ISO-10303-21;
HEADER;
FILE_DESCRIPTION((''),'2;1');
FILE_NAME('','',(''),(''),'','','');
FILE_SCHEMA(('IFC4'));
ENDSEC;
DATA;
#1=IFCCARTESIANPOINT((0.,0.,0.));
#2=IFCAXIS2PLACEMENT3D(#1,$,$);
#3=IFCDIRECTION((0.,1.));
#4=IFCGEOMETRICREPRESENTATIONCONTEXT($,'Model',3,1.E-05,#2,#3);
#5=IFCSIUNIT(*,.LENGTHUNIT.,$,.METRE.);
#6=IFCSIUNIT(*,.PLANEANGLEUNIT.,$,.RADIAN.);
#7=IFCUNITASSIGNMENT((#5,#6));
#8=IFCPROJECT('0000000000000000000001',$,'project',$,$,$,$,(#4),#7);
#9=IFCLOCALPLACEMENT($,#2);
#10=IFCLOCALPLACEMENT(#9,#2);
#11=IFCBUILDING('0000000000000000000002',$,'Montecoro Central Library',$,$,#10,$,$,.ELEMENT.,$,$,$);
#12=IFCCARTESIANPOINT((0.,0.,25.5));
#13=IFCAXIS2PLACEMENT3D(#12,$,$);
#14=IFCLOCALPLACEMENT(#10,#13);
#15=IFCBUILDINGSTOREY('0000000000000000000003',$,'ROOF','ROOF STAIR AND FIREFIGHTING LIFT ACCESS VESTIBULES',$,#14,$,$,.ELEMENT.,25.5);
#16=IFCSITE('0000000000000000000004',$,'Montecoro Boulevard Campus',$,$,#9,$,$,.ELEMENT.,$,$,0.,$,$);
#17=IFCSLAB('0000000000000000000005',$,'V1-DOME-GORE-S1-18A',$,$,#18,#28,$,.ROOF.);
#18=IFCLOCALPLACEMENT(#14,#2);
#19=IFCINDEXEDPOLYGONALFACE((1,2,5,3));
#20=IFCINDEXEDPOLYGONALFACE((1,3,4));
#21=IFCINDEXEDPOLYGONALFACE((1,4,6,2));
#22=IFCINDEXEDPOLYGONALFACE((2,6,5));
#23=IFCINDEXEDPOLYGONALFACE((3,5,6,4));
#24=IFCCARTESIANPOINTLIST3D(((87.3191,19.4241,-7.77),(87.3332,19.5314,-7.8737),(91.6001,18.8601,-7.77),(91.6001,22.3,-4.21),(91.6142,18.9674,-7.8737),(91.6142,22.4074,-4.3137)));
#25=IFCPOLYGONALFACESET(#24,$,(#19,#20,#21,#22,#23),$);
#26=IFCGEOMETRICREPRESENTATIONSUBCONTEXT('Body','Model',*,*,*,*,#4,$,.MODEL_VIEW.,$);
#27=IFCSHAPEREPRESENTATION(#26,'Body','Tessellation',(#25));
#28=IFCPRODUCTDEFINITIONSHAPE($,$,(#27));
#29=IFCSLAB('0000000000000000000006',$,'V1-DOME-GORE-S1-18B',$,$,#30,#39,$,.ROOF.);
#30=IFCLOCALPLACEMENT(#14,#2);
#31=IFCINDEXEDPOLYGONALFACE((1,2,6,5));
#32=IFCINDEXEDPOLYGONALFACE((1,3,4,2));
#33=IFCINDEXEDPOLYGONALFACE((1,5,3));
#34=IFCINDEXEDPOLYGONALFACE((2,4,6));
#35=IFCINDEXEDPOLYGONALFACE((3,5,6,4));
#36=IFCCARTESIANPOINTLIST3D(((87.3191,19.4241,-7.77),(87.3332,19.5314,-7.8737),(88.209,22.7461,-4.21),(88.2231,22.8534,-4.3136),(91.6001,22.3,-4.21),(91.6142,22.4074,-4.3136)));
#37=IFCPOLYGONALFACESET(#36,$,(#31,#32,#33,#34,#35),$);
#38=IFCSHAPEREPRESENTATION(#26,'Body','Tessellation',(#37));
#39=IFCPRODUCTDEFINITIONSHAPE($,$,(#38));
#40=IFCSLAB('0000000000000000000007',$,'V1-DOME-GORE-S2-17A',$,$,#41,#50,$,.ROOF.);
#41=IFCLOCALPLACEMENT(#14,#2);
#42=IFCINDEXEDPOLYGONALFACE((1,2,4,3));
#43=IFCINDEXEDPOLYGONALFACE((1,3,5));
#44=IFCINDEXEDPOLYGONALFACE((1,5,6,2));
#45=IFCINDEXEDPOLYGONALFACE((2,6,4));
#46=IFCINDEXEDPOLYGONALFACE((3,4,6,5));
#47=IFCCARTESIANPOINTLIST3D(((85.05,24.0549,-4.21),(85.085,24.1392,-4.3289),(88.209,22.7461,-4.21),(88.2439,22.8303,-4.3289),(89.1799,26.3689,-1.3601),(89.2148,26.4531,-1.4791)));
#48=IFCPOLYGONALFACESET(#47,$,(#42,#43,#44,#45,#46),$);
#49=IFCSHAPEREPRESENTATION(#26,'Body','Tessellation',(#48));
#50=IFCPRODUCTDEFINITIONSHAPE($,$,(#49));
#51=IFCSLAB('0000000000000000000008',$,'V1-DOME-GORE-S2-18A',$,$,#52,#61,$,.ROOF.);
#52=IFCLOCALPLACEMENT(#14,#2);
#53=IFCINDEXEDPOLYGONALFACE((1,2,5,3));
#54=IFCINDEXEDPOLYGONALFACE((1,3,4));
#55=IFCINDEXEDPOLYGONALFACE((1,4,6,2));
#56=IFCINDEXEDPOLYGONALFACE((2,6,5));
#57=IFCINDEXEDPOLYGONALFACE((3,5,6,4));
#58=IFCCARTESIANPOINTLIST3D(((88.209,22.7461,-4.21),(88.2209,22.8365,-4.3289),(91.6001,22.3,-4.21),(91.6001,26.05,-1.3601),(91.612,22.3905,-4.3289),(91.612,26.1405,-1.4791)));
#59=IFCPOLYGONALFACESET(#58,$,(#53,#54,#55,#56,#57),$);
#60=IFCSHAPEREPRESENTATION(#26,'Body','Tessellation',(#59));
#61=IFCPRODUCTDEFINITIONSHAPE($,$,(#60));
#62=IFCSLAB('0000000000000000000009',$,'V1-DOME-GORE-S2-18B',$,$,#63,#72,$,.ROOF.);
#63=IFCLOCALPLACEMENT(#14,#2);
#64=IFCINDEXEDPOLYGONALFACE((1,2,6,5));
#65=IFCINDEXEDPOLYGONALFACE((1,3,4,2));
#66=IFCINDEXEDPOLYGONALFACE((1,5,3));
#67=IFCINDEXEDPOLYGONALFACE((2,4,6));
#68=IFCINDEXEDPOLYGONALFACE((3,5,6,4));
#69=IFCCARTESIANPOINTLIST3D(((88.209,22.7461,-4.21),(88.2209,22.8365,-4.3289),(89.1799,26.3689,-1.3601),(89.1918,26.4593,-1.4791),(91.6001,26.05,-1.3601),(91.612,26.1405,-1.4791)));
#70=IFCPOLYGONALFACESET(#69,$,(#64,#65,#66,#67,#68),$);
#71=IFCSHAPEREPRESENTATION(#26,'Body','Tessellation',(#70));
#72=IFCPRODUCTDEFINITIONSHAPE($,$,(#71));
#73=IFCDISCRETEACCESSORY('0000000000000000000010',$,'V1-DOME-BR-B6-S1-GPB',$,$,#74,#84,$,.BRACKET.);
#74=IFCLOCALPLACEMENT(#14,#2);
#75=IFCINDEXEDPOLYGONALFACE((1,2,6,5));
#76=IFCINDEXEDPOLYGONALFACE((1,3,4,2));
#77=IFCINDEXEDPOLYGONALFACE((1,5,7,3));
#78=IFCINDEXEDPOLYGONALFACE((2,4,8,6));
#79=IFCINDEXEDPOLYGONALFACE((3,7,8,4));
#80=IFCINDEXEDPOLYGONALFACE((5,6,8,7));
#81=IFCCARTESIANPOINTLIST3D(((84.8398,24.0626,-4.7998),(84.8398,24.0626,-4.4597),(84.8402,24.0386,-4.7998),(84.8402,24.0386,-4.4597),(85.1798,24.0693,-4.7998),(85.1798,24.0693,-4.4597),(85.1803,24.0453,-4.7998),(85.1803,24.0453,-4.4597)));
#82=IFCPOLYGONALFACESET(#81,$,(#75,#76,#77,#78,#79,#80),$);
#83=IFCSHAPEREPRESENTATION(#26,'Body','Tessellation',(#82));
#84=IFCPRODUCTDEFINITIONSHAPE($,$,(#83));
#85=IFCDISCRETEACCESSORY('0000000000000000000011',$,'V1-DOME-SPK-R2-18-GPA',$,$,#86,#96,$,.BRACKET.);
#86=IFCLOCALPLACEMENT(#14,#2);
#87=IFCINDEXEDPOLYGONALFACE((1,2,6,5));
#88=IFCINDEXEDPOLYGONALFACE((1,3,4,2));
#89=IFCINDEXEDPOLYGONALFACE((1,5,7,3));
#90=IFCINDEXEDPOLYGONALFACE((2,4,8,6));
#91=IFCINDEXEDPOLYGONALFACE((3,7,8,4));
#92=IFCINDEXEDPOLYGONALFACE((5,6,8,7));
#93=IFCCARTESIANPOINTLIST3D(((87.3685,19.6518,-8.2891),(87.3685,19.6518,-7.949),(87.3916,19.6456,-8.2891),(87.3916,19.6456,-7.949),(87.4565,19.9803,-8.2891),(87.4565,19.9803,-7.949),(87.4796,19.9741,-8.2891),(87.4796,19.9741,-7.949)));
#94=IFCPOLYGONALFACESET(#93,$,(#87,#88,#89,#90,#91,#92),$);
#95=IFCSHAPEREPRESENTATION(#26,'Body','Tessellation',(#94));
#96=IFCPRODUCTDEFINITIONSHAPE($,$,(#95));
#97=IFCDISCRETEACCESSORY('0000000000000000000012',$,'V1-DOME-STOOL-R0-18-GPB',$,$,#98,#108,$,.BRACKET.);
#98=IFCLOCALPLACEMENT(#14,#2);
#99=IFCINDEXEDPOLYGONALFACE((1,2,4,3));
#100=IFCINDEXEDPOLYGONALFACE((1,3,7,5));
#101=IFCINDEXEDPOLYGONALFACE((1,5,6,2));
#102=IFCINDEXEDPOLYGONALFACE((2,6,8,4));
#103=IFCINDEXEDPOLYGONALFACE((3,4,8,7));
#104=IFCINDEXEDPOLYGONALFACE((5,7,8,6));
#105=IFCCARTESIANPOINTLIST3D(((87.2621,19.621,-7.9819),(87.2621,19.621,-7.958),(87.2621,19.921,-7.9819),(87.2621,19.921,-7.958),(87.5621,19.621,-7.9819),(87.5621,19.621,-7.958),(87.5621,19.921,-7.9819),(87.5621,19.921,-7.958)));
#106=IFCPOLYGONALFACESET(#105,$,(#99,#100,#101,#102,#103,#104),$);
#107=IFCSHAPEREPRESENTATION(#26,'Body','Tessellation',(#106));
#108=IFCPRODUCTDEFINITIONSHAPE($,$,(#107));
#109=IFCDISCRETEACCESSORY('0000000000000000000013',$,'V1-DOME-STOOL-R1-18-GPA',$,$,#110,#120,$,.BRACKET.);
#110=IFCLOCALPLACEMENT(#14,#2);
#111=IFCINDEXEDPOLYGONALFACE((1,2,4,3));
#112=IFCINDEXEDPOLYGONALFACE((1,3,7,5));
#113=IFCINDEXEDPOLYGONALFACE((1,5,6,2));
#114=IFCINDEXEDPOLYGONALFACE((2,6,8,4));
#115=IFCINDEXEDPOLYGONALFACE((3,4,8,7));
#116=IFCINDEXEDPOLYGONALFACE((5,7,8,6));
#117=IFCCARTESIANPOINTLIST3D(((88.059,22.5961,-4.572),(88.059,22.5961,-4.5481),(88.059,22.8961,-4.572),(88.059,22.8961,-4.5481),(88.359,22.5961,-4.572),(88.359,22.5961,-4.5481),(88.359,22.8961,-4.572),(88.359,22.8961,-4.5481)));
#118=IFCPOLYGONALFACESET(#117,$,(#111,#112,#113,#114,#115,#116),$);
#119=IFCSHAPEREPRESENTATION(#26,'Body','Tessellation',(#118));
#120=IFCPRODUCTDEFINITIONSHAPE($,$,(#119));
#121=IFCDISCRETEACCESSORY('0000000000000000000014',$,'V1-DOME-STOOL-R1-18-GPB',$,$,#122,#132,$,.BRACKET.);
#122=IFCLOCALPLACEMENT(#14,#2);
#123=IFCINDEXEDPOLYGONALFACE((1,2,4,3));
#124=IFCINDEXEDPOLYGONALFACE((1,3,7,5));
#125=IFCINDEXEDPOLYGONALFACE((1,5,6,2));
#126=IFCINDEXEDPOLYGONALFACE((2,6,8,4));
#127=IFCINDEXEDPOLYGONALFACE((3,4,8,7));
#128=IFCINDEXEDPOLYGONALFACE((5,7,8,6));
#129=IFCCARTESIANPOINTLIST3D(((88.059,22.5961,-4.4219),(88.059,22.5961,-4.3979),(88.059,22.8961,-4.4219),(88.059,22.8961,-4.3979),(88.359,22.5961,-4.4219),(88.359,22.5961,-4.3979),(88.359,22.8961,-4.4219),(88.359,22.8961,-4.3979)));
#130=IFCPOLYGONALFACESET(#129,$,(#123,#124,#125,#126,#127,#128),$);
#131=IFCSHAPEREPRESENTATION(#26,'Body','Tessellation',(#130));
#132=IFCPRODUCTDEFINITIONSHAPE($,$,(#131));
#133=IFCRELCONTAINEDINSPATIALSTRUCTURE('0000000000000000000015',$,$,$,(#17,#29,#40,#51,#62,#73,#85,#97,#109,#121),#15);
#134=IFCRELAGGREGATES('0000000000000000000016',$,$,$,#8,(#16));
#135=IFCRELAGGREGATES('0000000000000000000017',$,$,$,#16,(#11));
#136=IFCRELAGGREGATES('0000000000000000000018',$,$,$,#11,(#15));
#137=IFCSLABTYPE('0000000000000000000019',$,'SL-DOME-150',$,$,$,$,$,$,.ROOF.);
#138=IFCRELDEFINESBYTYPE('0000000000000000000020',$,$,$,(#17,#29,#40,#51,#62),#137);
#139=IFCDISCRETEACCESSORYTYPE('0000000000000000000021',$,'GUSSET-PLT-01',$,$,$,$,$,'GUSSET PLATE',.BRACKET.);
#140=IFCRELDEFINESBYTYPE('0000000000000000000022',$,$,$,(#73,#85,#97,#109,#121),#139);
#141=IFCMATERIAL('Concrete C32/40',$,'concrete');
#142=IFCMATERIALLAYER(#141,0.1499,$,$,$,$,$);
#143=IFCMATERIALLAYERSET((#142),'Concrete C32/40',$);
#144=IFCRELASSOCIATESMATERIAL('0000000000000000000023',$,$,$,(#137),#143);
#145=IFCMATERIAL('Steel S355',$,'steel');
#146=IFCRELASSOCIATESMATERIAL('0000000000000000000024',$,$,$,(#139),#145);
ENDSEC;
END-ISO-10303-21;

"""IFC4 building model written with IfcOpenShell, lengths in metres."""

from ifc_helpers import new_model, si_unit, direction, frame, origin, origin_2d, place, context, subcontext, project, spatial, polyline, rectangle, outline, extrude, material, layer, layer_set, type_object, element, save


model = new_model("IFC4")

# Units and contexts
model_context = context("Model", 3, precision=1e-05, world=origin(), true_north=direction((0.0, 1.0)))
body_context = subcontext(model_context, "Body", "Model", "MODEL_VIEW")
ifc_project = project(units=[si_unit("LENGTHUNIT", "METRE"), si_unit("PLANEANGLEUNIT", "RADIAN")], contexts=[model_context])

# Site, building, storey
site_placement = place(None, origin())
site = spatial("IfcSite", under=ifc_project, at=site_placement, Name="Montecoro Boulevard Campus", CompositionType="ELEMENT", RefElevation=0.0)
building_placement = place(site_placement, origin())
building = spatial("IfcBuilding", under=site, at=building_placement, Name="Montecoro Central Library", CompositionType="ELEMENT")
storey_placement = place(building_placement, frame((0.0, 0.0, 25.5)))
storey = spatial("IfcBuildingStorey", under=building, at=storey_placement, Name="ROOF", Description="ROOF STAIR AND FIREFIGHTING LIFT ACCESS VESTIBULES", CompositionType="ELEMENT", Elevation=25.5)

# Shared definitions
ifc_material_1 = material(Name="Steel S355", Category="steel")

# Slabs
ifc_material_2 = material(Name="Concrete C32/40", Category="concrete")
ifc_layer = layer(ifc_material_2, 0.1499)
ifc_layer_set = layer_set([ifc_layer], Name="Concrete C32/40")
slab_type = type_object("IfcSlabType", Name="SL-DOME-150", PredefinedType="ROOF", material=ifc_layer_set)
slab_1_placement = place(storey_placement, frame((87.3191, 19.4241, -7.77), z_axis=(-0.094314, -0.715929, 0.691773), x_axis=(0.991434, -0.130608, 0.0)))
element("IfcSlab", 1, at=slab_1_placement, inside=storey, type_object=slab_type, Name="V1-DOME-GORE-S1-18A", PredefinedType="ROOF", context=body_context, shape_type="SweptSolid", body=[
    extrude(outline(polyline([(0.0, 0.0), (4.318, 0.0), (3.8687, 4.93), (0.0, 0.0)])), origin(), (0.0, 0.0, -1.0), 0.1499),
])
slab_2_placement = place(storey_placement, frame((87.3191, 19.4241, -7.77), z_axis=(-0.094181, -0.716025, 0.691692), x_axis=(0.683129, 0.458926, 0.568086)))
element("IfcSlab", 2, at=slab_2_placement, inside=storey, type_object=slab_type, Name="V1-DOME-GORE-S1-18B", PredefinedType="ROOF", context=body_context, shape_type="SweptSolid", body=[
    extrude(outline(polyline([(0.0, 0.0), (6.2668, 0.0), (4.1549, 2.6905), (0.0, 0.0)])), origin(), (0.0, 0.0, -1.0), 0.1499),
])
slab_3_placement = place(storey_placement, frame((85.05, 24.0549, -4.21), z_axis=(-0.232839, -0.561966, 0.793713), x_axis=(0.923842, -0.382774, 0.0)))
element("IfcSlab", 3, at=slab_3_placement, inside=storey, type_object=slab_type, Name="V1-DOME-GORE-S2-17A", PredefinedType="ROOF", context=body_context, shape_type="SweptSolid", body=[
    extrude(outline(polyline([(0.0, 0.0), (3.4193, 0.0), (2.9296, 4.685), (0.0, 0.0)])), origin(), (0.0, 0.0, -1.0), 0.1499),
])
slab_4_placement = place(storey_placement, frame((88.209, 22.7461, -4.21), z_axis=(-0.079335, -0.603156, 0.793668), x_axis=(0.99146, -0.13041, 0.0)))
element("IfcSlab", 4, at=slab_4_placement, inside=storey, type_object=slab_type, Name="V1-DOME-GORE-S2-18A", PredefinedType="ROOF", context=body_context, shape_type="SweptSolid", body=[
    extrude(outline(polyline([(0.0, 0.0), (3.4203, 0.0), (2.9313, 4.6845), (0.0, 0.0)])), origin(), (0.0, 0.0, -1.0), 0.1499),
])
slab_5_placement = place(storey_placement, frame((88.209, 22.7461, -4.21), z_axis=(-0.079453, -0.603077, 0.793716), x_axis=(0.613657, 0.597885, 0.515711)))
element("IfcSlab", 5, at=slab_5_placement, inside=storey, type_object=slab_type, Name="V1-DOME-GORE-S2-18B", PredefinedType="ROOF", context=body_context, shape_type="SweptSolid", body=[
    extrude(outline(polyline([(0.0, 0.0), (5.5261, 0.0), (4.2315, 2.0696), (0.0, 0.0)])), origin(), (0.0, 0.0, -1.0), 0.1499),
])

# Discrete accessories
discrete_accessory_type = type_object("IfcDiscreteAccessoryType", Name="GUSSET-PLT-01", ElementType="GUSSET PLATE", PredefinedType="BRACKET", material=ifc_material_1)
for number, where, z_axis, x_axis, name in (
    (6, (85.01, 24.054, -4.7998), (0.0, 0.0, 1.0), (0.999806, 0.019721, 0.0), "V1-DOME-BR-B6-S1-GPB"),
    (7, (87.4241, 19.813, -8.2891), (0.0, 0.0, 1.0), (0.258819, 0.965926, 0.0), "V1-DOME-SPK-R2-18-GPA"),
):
    element("IfcDiscreteAccessory", number, at=place(storey_placement, frame(where, z_axis=z_axis, x_axis=x_axis)), inside=storey, type_object=discrete_accessory_type, Name=name, PredefinedType="BRACKET", context=body_context, shape_type="SweptSolid", body=[
        extrude(rectangle(XDim=0.3401, YDim=0.0239, at=origin_2d()), origin(), (0.0, 0.0, 1.0), 0.3401),
    ])
for number, where, z_axis, x_axis, name in (
    (8, (87.4121, 19.771, -7.9819), (0.0, 0.0, 1.0), (1.0, 0.0, 0.0), "V1-DOME-STOOL-R0-18-GPB"),
    (9, (88.209, 22.7461, -4.572), (0.0, 0.0, 1.0), (1.0, 0.0, 0.0), "V1-DOME-STOOL-R1-18-GPA"),
    (10, (88.209, 22.7461, -4.4219), (0.0, 0.0, 1.0), (1.0, 0.0, 0.0), "V1-DOME-STOOL-R1-18-GPB"),
):
    element("IfcDiscreteAccessory", number, at=place(storey_placement, frame(where, z_axis=z_axis, x_axis=x_axis)), inside=storey, type_object=discrete_accessory_type, Name=name, PredefinedType="BRACKET", context=body_context, shape_type="SweptSolid", body=[
        extrude(rectangle(XDim=0.3, YDim=0.3, at=origin_2d()), origin(), (0.0, 0.0, 1.0), 0.0239),
    ])

save(model, "model.ifc")
